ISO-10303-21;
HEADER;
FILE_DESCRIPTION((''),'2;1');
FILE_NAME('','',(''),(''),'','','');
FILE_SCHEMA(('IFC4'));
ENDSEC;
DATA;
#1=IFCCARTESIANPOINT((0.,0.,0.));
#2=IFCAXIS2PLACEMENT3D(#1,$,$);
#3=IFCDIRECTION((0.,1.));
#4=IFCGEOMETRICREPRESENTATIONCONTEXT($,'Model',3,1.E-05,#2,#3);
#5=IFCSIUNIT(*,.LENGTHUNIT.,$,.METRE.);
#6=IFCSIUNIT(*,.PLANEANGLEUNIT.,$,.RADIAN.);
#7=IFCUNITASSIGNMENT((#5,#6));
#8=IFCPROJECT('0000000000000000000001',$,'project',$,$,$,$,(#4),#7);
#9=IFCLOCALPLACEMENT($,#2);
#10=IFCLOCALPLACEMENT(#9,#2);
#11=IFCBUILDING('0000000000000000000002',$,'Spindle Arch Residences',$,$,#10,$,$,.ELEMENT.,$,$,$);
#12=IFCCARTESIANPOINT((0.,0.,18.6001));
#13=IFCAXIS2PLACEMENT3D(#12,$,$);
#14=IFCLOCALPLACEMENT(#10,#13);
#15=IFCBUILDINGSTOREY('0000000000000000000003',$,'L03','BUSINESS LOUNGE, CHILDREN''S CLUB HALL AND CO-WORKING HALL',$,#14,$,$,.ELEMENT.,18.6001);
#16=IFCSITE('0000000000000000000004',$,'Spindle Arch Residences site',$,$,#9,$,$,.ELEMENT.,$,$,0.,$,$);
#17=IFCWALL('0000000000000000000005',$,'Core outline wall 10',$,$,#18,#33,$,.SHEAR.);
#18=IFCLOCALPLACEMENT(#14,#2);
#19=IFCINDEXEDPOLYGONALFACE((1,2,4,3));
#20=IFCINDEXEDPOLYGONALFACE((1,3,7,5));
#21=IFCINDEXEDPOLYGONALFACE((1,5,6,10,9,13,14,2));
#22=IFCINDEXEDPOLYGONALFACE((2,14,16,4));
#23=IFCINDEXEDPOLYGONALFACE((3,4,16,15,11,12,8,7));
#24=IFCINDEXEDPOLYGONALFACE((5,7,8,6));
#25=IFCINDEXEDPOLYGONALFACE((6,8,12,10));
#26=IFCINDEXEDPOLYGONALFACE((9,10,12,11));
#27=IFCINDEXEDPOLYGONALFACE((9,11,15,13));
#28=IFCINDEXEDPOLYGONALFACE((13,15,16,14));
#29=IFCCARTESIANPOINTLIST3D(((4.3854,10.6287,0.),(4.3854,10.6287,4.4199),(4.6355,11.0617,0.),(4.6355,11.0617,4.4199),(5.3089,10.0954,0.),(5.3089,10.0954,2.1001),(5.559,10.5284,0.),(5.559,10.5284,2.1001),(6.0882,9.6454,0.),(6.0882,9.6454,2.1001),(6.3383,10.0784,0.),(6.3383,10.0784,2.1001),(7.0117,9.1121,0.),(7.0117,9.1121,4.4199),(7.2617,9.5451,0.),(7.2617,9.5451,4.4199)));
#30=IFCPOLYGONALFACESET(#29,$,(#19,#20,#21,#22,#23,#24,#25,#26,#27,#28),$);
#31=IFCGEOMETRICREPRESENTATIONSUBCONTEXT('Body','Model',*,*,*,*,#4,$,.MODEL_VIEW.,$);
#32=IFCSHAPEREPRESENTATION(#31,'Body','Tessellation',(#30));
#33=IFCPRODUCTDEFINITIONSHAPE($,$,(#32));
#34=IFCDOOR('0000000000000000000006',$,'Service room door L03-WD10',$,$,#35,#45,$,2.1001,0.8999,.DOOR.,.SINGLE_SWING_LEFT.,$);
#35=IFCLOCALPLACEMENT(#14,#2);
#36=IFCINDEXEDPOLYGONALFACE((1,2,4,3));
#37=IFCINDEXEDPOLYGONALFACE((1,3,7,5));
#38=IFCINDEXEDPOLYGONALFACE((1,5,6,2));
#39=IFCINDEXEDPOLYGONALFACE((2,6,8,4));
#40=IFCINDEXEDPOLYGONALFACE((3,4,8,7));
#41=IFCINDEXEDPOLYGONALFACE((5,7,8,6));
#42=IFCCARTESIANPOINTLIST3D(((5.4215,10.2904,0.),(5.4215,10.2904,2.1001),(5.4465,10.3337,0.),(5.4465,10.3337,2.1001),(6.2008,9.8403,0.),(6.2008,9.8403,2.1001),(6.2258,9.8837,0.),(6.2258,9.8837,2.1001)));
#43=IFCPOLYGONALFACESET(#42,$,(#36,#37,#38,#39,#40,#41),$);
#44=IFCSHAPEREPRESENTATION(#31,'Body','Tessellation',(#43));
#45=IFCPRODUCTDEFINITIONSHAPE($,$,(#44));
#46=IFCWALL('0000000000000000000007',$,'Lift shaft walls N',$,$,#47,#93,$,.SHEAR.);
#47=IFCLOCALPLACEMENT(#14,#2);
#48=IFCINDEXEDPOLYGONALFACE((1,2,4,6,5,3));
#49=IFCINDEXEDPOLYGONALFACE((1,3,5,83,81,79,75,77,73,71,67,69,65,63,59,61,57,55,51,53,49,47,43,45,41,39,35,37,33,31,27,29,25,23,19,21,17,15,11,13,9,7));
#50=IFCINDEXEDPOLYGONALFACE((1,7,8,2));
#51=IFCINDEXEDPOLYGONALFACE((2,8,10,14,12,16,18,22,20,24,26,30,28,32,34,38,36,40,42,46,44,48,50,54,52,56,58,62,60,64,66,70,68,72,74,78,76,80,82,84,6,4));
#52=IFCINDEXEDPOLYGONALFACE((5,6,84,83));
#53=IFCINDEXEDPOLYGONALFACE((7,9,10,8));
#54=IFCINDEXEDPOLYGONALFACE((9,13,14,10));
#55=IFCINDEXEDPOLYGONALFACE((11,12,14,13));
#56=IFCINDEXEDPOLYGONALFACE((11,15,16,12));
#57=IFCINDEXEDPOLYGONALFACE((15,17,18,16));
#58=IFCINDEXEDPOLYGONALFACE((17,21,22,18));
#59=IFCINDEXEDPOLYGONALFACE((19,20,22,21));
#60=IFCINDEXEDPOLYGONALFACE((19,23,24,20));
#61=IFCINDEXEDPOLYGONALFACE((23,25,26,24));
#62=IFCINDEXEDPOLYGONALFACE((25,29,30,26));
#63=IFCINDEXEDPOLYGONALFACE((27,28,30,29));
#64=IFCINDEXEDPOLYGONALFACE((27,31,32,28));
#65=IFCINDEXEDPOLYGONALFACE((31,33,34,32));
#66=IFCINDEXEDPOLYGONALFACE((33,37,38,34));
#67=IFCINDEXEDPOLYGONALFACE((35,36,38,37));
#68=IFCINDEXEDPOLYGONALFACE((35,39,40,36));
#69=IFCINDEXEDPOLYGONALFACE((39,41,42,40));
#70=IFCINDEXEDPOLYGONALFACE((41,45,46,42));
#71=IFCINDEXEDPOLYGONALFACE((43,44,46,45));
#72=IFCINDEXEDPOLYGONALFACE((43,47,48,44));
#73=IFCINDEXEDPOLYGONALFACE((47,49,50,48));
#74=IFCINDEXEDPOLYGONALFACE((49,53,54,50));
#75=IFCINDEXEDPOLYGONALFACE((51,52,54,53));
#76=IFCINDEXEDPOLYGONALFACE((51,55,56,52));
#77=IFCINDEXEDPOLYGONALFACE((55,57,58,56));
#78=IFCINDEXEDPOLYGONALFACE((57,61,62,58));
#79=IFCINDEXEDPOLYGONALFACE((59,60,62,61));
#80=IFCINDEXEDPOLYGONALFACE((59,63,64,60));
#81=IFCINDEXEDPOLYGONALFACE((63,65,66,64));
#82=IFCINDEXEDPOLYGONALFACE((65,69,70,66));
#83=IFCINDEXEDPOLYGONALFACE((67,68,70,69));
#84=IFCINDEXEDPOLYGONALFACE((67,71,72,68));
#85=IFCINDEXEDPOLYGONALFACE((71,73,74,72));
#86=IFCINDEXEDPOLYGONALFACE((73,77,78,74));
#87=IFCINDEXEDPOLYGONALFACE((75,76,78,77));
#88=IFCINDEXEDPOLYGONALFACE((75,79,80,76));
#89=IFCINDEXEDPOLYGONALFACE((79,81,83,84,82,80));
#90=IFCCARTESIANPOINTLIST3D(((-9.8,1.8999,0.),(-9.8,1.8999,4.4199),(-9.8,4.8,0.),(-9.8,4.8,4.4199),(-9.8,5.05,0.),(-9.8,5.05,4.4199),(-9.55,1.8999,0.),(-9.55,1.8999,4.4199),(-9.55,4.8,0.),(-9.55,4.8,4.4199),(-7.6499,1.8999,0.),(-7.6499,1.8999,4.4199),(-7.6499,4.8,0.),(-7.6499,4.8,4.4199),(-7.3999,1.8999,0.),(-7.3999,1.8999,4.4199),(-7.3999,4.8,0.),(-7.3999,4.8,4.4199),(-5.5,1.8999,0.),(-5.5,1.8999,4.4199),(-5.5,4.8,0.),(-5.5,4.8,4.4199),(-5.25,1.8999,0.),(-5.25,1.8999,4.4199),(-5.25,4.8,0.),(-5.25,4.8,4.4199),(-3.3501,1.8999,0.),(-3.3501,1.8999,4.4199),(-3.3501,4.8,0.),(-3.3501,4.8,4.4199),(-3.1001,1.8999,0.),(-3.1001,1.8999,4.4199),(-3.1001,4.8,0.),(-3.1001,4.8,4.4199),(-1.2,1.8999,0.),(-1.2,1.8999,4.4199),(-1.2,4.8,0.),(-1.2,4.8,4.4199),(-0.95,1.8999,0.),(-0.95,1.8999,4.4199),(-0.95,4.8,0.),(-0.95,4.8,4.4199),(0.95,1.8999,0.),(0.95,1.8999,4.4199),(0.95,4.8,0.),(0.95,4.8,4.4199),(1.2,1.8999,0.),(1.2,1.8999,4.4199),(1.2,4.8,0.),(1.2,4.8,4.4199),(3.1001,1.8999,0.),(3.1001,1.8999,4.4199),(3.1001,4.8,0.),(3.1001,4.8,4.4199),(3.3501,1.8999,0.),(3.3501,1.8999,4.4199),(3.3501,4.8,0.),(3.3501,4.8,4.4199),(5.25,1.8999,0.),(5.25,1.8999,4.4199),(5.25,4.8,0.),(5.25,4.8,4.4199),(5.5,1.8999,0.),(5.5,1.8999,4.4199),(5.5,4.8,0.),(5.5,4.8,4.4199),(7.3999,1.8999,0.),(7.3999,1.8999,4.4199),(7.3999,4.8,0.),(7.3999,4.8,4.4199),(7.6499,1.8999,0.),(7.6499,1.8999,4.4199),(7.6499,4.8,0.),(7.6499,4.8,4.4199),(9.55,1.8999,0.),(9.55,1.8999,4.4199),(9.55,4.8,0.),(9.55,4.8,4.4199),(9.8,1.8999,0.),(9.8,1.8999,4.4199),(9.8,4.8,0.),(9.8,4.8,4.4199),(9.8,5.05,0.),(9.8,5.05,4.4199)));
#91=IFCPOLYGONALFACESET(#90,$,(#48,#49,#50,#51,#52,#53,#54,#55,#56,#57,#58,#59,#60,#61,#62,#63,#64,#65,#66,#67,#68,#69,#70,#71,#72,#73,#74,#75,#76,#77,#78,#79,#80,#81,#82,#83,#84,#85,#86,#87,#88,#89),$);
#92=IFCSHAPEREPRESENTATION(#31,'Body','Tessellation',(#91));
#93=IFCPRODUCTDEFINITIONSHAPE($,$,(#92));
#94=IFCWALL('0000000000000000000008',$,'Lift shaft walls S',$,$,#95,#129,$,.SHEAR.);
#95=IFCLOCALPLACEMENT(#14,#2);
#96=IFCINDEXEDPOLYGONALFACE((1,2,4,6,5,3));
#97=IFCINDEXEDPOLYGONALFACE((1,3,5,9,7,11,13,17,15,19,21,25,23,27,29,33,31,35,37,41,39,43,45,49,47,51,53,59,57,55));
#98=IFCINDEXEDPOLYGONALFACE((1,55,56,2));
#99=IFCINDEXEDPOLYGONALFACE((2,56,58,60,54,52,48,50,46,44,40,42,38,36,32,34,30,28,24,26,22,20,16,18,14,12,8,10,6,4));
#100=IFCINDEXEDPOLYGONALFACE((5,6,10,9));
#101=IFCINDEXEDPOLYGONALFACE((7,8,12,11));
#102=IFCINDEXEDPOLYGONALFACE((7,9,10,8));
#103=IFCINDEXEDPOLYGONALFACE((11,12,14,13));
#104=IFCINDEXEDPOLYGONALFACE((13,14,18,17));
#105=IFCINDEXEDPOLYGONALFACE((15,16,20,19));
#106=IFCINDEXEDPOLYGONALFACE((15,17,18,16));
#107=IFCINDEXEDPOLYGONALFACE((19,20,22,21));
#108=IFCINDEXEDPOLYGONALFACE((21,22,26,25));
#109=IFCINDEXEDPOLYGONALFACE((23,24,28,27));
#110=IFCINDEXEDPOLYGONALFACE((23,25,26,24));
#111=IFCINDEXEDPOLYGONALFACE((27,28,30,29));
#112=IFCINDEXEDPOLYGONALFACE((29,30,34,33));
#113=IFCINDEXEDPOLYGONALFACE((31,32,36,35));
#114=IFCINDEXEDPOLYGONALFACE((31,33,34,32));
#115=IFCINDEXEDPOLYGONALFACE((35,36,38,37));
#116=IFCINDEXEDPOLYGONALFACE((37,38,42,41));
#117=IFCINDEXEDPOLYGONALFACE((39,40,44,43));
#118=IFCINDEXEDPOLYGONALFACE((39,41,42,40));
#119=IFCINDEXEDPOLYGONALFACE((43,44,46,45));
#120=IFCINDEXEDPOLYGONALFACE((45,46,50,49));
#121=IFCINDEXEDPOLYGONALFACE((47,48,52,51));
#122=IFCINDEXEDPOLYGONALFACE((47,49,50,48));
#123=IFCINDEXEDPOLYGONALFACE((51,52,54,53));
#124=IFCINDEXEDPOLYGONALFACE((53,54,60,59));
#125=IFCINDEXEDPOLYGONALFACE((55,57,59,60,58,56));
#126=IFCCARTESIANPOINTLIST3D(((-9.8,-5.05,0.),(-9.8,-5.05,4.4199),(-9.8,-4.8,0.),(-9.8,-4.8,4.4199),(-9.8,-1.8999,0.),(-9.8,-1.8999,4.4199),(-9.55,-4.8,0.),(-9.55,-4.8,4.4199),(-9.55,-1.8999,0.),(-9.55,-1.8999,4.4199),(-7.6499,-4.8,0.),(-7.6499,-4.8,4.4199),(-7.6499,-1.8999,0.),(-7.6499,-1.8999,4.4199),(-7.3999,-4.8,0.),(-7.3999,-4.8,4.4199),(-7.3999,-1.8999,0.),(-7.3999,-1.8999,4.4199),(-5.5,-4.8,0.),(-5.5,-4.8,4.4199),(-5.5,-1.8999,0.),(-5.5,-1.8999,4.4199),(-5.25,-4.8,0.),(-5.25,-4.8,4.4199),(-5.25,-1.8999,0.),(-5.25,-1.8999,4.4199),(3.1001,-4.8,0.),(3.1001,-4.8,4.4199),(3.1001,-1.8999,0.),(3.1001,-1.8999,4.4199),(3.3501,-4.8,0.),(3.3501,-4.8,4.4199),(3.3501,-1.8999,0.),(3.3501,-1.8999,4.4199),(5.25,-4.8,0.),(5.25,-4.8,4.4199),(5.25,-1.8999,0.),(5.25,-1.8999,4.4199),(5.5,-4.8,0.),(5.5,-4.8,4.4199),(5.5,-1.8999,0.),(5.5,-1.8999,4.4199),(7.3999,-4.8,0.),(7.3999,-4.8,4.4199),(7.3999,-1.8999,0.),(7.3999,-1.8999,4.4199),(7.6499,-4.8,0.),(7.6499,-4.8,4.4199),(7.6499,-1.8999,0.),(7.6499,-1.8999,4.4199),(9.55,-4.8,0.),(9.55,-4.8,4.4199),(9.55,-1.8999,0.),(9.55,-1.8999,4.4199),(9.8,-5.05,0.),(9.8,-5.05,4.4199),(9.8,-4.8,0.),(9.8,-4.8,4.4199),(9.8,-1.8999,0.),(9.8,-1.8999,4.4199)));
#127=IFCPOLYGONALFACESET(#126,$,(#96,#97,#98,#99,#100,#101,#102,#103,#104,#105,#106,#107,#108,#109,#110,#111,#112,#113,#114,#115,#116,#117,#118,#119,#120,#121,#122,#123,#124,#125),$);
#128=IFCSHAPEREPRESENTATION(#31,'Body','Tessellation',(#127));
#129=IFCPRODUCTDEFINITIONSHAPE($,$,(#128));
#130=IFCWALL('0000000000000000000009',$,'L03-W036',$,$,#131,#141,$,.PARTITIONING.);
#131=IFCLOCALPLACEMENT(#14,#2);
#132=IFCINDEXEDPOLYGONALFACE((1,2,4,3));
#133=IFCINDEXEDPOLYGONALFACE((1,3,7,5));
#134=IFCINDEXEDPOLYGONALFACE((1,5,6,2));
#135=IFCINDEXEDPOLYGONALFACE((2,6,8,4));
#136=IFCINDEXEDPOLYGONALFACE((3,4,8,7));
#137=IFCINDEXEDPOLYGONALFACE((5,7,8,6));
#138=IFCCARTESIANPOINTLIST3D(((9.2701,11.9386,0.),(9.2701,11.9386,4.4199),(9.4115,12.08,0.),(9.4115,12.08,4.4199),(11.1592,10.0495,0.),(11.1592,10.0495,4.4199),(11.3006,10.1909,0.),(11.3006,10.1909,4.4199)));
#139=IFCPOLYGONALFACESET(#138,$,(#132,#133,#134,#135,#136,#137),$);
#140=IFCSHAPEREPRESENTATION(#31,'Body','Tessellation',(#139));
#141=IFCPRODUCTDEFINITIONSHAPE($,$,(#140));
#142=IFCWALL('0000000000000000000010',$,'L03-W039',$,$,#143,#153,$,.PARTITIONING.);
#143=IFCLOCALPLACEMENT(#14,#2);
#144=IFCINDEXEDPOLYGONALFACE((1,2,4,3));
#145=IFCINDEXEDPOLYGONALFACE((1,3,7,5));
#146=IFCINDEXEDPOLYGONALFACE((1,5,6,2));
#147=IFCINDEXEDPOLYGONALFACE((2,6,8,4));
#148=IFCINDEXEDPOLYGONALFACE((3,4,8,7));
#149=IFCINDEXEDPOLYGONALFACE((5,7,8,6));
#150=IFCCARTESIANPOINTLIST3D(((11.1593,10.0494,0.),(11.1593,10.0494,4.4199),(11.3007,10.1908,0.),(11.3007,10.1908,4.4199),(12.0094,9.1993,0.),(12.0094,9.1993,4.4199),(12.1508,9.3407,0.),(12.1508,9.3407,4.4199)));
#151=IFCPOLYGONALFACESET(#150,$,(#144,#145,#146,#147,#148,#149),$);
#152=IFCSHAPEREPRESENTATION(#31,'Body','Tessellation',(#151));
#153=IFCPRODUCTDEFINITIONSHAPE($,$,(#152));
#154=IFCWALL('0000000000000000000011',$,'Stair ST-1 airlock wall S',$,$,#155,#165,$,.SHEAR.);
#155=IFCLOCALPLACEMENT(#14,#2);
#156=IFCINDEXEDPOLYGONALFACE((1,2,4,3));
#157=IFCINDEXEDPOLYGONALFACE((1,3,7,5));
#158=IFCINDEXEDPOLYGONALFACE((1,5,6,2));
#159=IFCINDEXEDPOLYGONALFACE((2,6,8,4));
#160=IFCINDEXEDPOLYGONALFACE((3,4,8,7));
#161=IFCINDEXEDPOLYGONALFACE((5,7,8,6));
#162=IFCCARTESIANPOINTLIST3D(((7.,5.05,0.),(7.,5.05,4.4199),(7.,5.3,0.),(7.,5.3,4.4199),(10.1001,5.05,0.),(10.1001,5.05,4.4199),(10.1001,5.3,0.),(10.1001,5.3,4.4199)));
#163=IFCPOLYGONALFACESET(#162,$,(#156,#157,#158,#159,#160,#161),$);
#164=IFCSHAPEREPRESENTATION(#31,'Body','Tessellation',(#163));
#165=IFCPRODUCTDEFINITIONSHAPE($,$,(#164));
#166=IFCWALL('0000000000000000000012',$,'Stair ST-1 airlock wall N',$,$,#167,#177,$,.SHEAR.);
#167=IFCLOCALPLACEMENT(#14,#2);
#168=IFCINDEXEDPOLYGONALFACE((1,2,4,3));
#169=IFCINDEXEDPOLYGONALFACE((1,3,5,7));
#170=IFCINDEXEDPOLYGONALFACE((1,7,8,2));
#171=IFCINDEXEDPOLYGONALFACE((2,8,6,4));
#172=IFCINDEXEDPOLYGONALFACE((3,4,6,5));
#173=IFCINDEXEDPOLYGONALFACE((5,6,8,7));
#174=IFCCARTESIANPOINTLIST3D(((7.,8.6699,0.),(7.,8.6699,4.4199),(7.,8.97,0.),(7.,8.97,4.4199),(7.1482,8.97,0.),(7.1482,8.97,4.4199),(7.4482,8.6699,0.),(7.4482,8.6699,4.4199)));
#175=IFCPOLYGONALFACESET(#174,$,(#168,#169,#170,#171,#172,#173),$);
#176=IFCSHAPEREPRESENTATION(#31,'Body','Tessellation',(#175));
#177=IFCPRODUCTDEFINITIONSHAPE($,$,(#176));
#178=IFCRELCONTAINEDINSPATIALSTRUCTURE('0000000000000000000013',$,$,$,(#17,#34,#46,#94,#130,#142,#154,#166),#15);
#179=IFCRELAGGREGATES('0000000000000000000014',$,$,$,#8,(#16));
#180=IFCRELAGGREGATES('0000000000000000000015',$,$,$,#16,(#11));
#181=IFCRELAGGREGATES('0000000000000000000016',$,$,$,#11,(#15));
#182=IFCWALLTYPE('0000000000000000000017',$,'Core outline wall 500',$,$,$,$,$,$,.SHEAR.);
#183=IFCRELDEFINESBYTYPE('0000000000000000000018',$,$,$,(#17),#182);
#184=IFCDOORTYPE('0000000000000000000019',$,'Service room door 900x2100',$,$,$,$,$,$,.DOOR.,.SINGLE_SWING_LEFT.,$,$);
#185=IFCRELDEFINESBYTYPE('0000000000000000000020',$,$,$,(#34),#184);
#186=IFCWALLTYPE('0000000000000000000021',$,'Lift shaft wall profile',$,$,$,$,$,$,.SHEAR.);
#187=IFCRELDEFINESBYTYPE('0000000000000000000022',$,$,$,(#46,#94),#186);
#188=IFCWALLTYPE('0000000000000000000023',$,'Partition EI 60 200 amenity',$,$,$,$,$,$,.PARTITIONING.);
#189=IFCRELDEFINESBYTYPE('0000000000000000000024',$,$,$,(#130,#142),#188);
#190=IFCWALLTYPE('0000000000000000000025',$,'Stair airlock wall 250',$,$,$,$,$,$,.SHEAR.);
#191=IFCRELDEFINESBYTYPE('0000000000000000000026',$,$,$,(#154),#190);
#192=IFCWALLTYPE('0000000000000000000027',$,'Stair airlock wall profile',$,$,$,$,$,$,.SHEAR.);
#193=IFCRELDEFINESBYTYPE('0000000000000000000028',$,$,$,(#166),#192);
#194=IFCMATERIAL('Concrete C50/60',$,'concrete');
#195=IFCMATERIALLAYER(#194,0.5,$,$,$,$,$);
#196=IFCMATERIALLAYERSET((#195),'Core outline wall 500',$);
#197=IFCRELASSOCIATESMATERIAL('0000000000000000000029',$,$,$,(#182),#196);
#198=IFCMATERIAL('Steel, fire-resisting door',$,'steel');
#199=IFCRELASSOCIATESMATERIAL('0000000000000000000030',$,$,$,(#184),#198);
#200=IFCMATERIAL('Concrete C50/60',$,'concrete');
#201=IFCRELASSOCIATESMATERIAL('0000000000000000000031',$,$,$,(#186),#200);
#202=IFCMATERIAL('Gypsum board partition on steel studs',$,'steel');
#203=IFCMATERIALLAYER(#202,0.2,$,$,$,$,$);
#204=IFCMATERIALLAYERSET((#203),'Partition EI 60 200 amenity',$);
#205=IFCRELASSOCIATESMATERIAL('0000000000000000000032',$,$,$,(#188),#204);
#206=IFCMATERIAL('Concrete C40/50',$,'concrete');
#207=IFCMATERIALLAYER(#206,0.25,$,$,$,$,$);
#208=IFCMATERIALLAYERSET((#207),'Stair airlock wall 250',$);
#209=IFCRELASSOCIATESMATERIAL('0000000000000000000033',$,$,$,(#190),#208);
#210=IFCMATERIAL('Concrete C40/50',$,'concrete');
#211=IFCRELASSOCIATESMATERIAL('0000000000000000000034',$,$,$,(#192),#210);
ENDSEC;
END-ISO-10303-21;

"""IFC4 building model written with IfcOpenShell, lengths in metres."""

from ifc_helpers import new_model, si_unit, direction, frame, frame_2d, origin, place, context, subcontext, project, spatial, polyline, rectangle, outline, extrude, material, layer, layer_set, type_object, element, fill, save


model = new_model("IFC4")

# Units and contexts
model_context = context("Model", 3, precision=1e-05, world=origin(), true_north=direction((0.0, 1.0)))
body_context = subcontext(model_context, "Body", "Model", "MODEL_VIEW")
ifc_project = project(units=[si_unit("LENGTHUNIT", "METRE"), si_unit("PLANEANGLEUNIT", "RADIAN")], contexts=[model_context])

# Site, building, storey
site_placement = place(None, origin())
site = spatial("IfcSite", under=ifc_project, at=site_placement, Name="Spindle Arch Residences site", CompositionType="ELEMENT", RefElevation=0.0)
building_placement = place(site_placement, origin())
building = spatial("IfcBuilding", under=site, at=building_placement, Name="Spindle Arch Residences", CompositionType="ELEMENT")
storey_placement = place(building_placement, frame((0.0, 0.0, 18.6001)))
storey = spatial("IfcBuildingStorey", under=building, at=storey_placement, Name="L03", Description="BUSINESS LOUNGE, CHILDREN'S CLUB HALL AND CO-WORKING HALL", CompositionType="ELEMENT", Elevation=18.6001)

# Shared definitions
ifc_material_1 = material(Name="Concrete C50/60", Category="concrete")
ifc_layer_1 = layer(ifc_material_1, 0.5)
ifc_layer_set_1 = layer_set([ifc_layer_1], Name="Core outline wall 500")
wall_type_1 = type_object("IfcWallType", Name="Core outline wall 500", PredefinedType="SHEAR", material=ifc_layer_set_1)

# Wall, opening, door
wall_1_placement = place(storey_placement, frame((7.1367, 9.3286, 0.0), z_axis=(0.0, 0.0, 1.0), x_axis=(-0.865975, 0.500087, 0.0)))
wall_1 = element("IfcWall", 1, at=wall_1_placement, inside=storey, type_object=wall_type_1, Name="Core outline wall 10", PredefinedType="SHEAR", context=body_context, shape_type="SweptSolid", body=[
    extrude(rectangle(XDim=3.0327, YDim=0.5, at=frame_2d((1.5164, 0.0))), origin(), (0.0, 0.0, 1.0), 4.4199),
])
opening_1_placement = place(wall_1_placement, frame((1.0664, 0.0, 0.0)))
opening_1 = element("IfcOpeningElement", 2, at=opening_1_placement, cuts=wall_1, PredefinedType="OPENING", context=body_context, shape_type="SweptSolid", body=[
    extrude(rectangle(XDim=0.8999, YDim=2.1001, at=frame_2d((0.45, 1.05))), frame((0.0, 0.26, 0.0), z_axis=(0.0, -1.0, 0.0), x_axis=(1.0, 0.0, 0.0)), (0.0, 0.0, 1.0), 0.52),
])
ifc_material_2 = material(Name="Steel, fire-resisting door", Category="steel")
door_type_1 = type_object("IfcDoorType", Name="Service room door 900x2100", OperationType="SINGLE_SWING_LEFT", PredefinedType="DOOR", material=ifc_material_2)
door_1_placement = place(opening_1_placement, origin())
door_1 = element("IfcDoor", 3, at=door_1_placement, inside=storey, type_object=door_type_1, Name="Service room door L03-WD10", OperationType="SINGLE_SWING_LEFT", OverallHeight=2.1001, OverallWidth=0.8999, PredefinedType="DOOR", context=body_context, shape_type="SweptSolid", body=[
    extrude(rectangle(XDim=0.8999, YDim=2.1001, at=frame_2d((0.45, 1.05))), frame((0.0, 0.0249, 0.0), z_axis=(0.0, -1.0, 0.0), x_axis=(1.0, 0.0, 0.0)), (0.0, 0.0, 1.0), 0.05),
])
fill(opening_1, door_1)

# Walls
ifc_material_3 = material(Name="Concrete C50/60", Category="concrete")
wall_type_2 = type_object("IfcWallType", Name="Lift shaft wall profile", PredefinedType="SHEAR", material=ifc_material_3)
wall_2_placement = place(storey_placement, origin())
element("IfcWall", 4, at=wall_2_placement, inside=storey, type_object=wall_type_2, Name="Lift shaft walls N", PredefinedType="SHEAR", context=body_context, shape_type="SweptSolid", body=[
    extrude(outline(polyline([(-9.55, 4.8), (-7.6499, 4.8), (-7.6499, 1.8999), (-7.3999, 1.8999), (-7.3999, 4.8), (-5.5, 4.8), (-5.5, 1.8999), (-5.25, 1.8999), (-5.25, 4.8), (-3.3501, 4.8), (-3.3501, 1.8999), (-3.1001, 1.8999), (-3.1001, 4.8), (-1.2, 4.8), (-1.2, 1.8999), (-0.95, 1.8999), (-0.95, 4.8), (0.95, 4.8), (0.95, 1.8999), (1.2, 1.8999), (1.2, 4.8), (3.1001, 4.8), (3.1001, 1.8999), (3.3501, 1.8999), (3.3501, 4.8), (5.25, 4.8), (5.25, 1.8999), (5.5, 1.8999), (5.5, 4.8), (7.3999, 4.8), (7.3999, 1.8999), (7.6499, 1.8999), (7.6499, 4.8), (9.55, 4.8), (9.55, 1.8999), (9.8, 1.8999), (9.8, 4.8), (9.8, 5.05), (-9.8, 5.05), (-9.8, 4.8), (-9.8, 1.8999), (-9.55, 1.8999), (-9.55, 4.8)])), origin(), (0.0, 0.0, 1.0), 4.4199),
])
wall_3_placement = place(storey_placement, origin())
element("IfcWall", 5, at=wall_3_placement, inside=storey, type_object=wall_type_2, Name="Lift shaft walls S", PredefinedType="SHEAR", context=body_context, shape_type="SweptSolid", body=[
    extrude(outline(polyline([(9.8, -5.05), (9.8, -4.8), (9.8, -1.8999), (9.55, -1.8999), (9.55, -4.8), (7.6499, -4.8), (7.6499, -1.8999), (7.3999, -1.8999), (7.3999, -4.8), (5.5, -4.8), (5.5, -1.8999), (5.25, -1.8999), (5.25, -4.8), (3.3501, -4.8), (3.3501, -1.8999), (3.1001, -1.8999), (3.1001, -4.8), (-5.25, -4.8), (-5.25, -1.8999), (-5.5, -1.8999), (-5.5, -4.8), (-7.3999, -4.8), (-7.3999, -1.8999), (-7.6499, -1.8999), (-7.6499, -4.8), (-9.55, -4.8), (-9.55, -1.8999), (-9.8, -1.8999), (-9.8, -4.8), (-9.8, -5.05), (9.8, -5.05)])), origin(), (0.0, 0.0, 1.0), 4.4199),
])
ifc_material_4 = material(Name="Gypsum board partition on steel studs", Category="steel")
ifc_layer_2 = layer(ifc_material_4, 0.2)
ifc_layer_set_2 = layer_set([ifc_layer_2], Name="Partition EI 60 200 amenity")
wall_type_3 = type_object("IfcWallType", Name="Partition EI 60 200 amenity", PredefinedType="PARTITIONING", material=ifc_layer_set_2)
wall_4_placement = place(storey_placement, frame((11.23, 10.1201, 0.0), z_axis=(0.0, 0.0, 1.0), x_axis=(-0.707107, 0.707107, 0.0)))
element("IfcWall", 6, at=wall_4_placement, inside=storey, type_object=wall_type_3, Name="L03-W036", PredefinedType="PARTITIONING", context=body_context, shape_type="SweptSolid", body=[
    extrude(rectangle(XDim=2.6716, YDim=0.2, at=frame_2d((1.3359, 0.0))), origin(), (0.0, 0.0, 1.0), 4.4199),
])
wall_5_placement = place(storey_placement, frame((12.0801, 9.27, 0.0), z_axis=(0.0, 0.0, 1.0), x_axis=(-0.707107, 0.707107, 0.0)))
element("IfcWall", 7, at=wall_5_placement, inside=storey, type_object=wall_type_3, Name="L03-W039", PredefinedType="PARTITIONING", context=body_context, shape_type="SweptSolid", body=[
    extrude(rectangle(XDim=1.2021, YDim=0.2, at=frame_2d((0.6011, 0.0))), origin(), (0.0, 0.0, 1.0), 4.4199),
])
ifc_material_5 = material(Name="Concrete C40/50", Category="concrete")
ifc_layer_3 = layer(ifc_material_5, 0.25)
ifc_layer_set_3 = layer_set([ifc_layer_3], Name="Stair airlock wall 250")
wall_type_4 = type_object("IfcWallType", Name="Stair airlock wall 250", PredefinedType="SHEAR", material=ifc_layer_set_3)
wall_6_placement = place(storey_placement, frame((7.0, 5.175, 0.0), z_axis=(0.0, 0.0, 1.0), x_axis=(1.0, 0.0, 0.0)))
element("IfcWall", 8, at=wall_6_placement, inside=storey, type_object=wall_type_4, Name="Stair ST-1 airlock wall S", PredefinedType="SHEAR", context=body_context, shape_type="SweptSolid", body=[
    extrude(rectangle(XDim=3.1001, YDim=0.25, at=frame_2d((1.55, 0.0))), origin(), (0.0, 0.0, 1.0), 4.4199),
])
ifc_material_6 = material(Name="Concrete C40/50", Category="concrete")
wall_type_5 = type_object("IfcWallType", Name="Stair airlock wall profile", PredefinedType="SHEAR", material=ifc_material_6)
wall_7_placement = place(storey_placement, origin())
element("IfcWall", 9, at=wall_7_placement, inside=storey, type_object=wall_type_5, Name="Stair ST-1 airlock wall N", PredefinedType="SHEAR", context=body_context, shape_type="SweptSolid", body=[
    extrude(outline(polyline([(7.4482, 8.6699), (7.0, 8.6699), (7.0, 8.97), (7.1482, 8.97), (7.4482, 8.6699)])), origin(), (0.0, 0.0, 1.0), 4.4199),
])

save(model, "model.ifc")
